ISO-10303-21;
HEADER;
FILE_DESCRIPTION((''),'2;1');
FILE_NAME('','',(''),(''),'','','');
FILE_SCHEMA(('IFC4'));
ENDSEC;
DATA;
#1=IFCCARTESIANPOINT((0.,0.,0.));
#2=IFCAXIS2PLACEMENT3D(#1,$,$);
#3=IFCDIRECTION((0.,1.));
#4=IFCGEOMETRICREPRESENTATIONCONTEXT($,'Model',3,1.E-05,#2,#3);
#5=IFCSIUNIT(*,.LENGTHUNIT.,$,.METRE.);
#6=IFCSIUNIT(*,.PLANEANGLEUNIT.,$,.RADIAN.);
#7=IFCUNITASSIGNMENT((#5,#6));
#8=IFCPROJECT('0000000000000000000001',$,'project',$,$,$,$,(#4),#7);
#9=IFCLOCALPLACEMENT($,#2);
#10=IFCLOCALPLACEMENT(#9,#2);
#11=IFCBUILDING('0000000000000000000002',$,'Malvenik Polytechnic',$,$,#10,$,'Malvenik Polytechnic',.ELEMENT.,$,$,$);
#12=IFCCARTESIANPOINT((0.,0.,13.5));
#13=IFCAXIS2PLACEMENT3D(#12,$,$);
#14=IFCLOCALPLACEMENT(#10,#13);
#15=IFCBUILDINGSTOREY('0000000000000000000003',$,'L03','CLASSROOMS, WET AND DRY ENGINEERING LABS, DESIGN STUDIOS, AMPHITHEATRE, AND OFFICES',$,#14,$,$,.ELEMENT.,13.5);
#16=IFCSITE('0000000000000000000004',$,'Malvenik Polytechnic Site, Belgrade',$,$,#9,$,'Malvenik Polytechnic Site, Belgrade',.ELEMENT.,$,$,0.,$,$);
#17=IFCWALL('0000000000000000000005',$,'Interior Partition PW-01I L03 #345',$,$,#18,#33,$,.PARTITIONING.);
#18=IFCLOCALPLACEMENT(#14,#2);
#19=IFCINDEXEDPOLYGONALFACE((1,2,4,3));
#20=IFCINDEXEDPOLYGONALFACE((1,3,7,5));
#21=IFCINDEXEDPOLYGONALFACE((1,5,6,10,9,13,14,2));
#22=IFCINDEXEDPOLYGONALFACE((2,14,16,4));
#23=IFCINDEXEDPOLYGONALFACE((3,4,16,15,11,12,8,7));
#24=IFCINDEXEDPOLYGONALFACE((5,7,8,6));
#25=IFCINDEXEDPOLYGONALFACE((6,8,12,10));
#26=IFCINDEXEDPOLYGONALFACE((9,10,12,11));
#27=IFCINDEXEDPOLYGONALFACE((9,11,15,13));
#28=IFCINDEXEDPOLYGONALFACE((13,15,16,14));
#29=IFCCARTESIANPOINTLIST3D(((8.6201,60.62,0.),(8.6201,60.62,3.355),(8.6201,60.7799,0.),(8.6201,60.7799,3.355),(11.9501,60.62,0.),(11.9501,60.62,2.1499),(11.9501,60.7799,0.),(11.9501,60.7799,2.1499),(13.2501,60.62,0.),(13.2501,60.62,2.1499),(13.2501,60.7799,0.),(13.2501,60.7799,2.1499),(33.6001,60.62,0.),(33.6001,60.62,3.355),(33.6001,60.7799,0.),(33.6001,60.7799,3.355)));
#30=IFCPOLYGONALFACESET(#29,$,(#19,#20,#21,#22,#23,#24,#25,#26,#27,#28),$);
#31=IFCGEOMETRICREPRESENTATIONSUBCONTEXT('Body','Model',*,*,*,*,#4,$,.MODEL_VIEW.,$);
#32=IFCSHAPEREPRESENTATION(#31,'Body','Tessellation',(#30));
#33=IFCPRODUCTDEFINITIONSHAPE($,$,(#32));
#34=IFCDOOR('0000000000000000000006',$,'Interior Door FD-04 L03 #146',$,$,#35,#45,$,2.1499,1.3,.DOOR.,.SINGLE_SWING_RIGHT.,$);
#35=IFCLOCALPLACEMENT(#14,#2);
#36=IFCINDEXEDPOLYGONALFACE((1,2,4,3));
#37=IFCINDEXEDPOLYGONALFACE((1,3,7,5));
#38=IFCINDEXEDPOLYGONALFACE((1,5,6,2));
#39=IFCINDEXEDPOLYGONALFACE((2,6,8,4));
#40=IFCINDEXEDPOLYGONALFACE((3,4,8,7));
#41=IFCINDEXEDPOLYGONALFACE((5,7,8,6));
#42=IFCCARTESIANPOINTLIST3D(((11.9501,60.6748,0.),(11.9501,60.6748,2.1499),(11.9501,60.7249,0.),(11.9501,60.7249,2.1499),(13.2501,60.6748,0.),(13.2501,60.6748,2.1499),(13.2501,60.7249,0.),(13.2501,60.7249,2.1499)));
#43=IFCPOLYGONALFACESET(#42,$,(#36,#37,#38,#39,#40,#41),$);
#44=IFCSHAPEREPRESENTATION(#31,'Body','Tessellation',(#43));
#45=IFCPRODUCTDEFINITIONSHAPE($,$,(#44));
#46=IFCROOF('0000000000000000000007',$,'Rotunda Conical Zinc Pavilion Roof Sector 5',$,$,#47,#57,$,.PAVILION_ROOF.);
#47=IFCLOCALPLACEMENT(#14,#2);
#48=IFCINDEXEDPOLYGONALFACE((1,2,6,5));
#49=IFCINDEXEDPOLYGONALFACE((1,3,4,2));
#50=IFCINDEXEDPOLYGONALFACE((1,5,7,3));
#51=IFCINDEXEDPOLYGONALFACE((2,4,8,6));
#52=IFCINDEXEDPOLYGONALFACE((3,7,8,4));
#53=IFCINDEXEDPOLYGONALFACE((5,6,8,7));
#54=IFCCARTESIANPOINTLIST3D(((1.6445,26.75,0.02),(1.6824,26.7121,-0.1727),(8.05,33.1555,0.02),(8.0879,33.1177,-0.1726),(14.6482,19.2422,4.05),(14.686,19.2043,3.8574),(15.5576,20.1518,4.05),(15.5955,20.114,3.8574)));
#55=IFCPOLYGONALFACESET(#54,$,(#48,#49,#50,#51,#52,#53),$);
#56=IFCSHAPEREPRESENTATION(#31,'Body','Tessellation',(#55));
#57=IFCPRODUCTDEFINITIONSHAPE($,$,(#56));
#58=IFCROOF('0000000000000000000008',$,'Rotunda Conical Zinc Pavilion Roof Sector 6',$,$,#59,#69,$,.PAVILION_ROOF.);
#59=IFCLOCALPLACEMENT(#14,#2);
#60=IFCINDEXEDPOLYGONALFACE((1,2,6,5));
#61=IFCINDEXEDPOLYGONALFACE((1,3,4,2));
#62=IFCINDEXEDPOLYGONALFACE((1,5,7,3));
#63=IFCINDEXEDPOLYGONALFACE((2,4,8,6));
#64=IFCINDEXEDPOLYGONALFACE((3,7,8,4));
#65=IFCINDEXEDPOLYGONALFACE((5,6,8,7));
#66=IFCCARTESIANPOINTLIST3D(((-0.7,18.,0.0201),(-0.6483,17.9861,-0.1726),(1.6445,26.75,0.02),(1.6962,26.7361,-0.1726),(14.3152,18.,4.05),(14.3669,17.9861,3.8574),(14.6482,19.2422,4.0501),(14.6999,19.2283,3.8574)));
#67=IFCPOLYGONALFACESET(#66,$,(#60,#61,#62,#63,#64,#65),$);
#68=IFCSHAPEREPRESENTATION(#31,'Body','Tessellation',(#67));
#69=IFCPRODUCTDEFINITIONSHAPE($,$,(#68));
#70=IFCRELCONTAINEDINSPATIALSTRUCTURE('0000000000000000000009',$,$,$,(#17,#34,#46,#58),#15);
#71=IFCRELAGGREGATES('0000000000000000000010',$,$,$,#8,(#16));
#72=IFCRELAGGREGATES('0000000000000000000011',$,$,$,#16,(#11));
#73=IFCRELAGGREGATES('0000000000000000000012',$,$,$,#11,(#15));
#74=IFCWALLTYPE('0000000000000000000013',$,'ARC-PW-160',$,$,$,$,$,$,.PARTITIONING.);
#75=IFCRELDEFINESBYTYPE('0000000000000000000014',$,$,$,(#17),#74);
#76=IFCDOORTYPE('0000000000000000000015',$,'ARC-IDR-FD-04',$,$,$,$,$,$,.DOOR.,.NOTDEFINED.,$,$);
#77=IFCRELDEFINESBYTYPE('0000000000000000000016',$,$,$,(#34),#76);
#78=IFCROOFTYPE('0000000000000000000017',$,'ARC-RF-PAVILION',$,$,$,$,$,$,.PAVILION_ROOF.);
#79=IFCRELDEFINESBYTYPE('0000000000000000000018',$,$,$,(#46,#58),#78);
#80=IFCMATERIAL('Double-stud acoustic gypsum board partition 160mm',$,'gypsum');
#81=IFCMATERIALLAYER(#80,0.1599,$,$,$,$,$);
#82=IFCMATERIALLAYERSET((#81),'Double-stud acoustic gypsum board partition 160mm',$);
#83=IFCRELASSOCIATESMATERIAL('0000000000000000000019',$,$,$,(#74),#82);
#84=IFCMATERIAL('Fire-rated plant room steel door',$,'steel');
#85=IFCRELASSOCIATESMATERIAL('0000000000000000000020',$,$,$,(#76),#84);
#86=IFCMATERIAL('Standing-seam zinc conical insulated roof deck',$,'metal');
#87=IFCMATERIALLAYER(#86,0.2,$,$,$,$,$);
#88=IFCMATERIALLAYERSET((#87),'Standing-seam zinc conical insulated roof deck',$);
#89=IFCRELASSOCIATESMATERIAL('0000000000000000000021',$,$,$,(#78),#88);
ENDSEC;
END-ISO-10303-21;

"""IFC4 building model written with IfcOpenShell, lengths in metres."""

from ifc_helpers import new_model, si_unit, direction, frame, frame_2d, origin, place, context, subcontext, project, spatial, polyline, rectangle, outline, extrude, material, layer, layer_set, type_object, element, fill, save


model = new_model("IFC4")

# Units and contexts
model_context = context("Model", 3, precision=1e-05, world=origin(), true_north=direction((0.0, 1.0)))
body_context = subcontext(model_context, "Body", "Model", "MODEL_VIEW")
ifc_project = project(units=[si_unit("LENGTHUNIT", "METRE"), si_unit("PLANEANGLEUNIT", "RADIAN")], contexts=[model_context])

# Site, building, storey
site_placement = place(None, origin())
site = spatial("IfcSite", under=ifc_project, at=site_placement, Name="Malvenik Polytechnic Site, Belgrade", LongName="Malvenik Polytechnic Site, Belgrade", CompositionType="ELEMENT", RefElevation=0.0)
building_placement = place(site_placement, origin())
building = spatial("IfcBuilding", under=site, at=building_placement, Name="Malvenik Polytechnic", LongName="Malvenik Polytechnic", CompositionType="ELEMENT")
storey_placement = place(building_placement, frame((0.0, 0.0, 13.5)))
storey = spatial("IfcBuildingStorey", under=building, at=storey_placement, Name="L03", Description="CLASSROOMS, WET AND DRY ENGINEERING LABS, DESIGN STUDIOS, AMPHITHEATRE, AND OFFICES", CompositionType="ELEMENT", Elevation=13.5)

# Wall, opening, door
ifc_material_1 = material(Name="Double-stud acoustic gypsum board partition 160mm", Category="gypsum")
ifc_layer_1 = layer(ifc_material_1, 0.1599)
ifc_layer_set_1 = layer_set([ifc_layer_1], Name="Double-stud acoustic gypsum board partition 160mm")
wall_type_1 = type_object("IfcWallType", Name="ARC-PW-160", PredefinedType="PARTITIONING", material=ifc_layer_set_1)
wall_1_placement = place(storey_placement, frame((8.6201, 60.7, 0.0), z_axis=(0.0, 0.0, 1.0), x_axis=(1.0, 0.0, 0.0)))
wall_1 = element("IfcWall", 1, at=wall_1_placement, inside=storey, type_object=wall_type_1, Name="Interior Partition PW-01I L03 #345", PredefinedType="PARTITIONING", context=body_context, shape_type="SweptSolid", body=[
    extrude(rectangle(XDim=24.98, YDim=0.1599, at=frame_2d((12.49, 0.0))), origin(), (0.0, 0.0, 1.0), 3.355),
])
opening_placement = place(wall_1_placement, frame((3.3301, 0.0, 0.0)))
opening = element("IfcOpeningElement", 2, at=opening_placement, cuts=wall_1, PredefinedType="OPENING", context=body_context, shape_type="SweptSolid", body=[
    extrude(rectangle(XDim=1.3, YDim=2.1499, at=frame_2d((0.6499, 1.075))), frame((0.0, 0.0898, 0.0), z_axis=(0.0, -1.0, 0.0), x_axis=(1.0, 0.0, 0.0)), (0.0, 0.0, 1.0), 0.1799),
])
ifc_material_2 = material(Name="Fire-rated plant room steel door", Category="steel")
door_type = type_object("IfcDoorType", Name="ARC-IDR-FD-04", OperationType="NOTDEFINED", PredefinedType="DOOR", material=ifc_material_2)
door_placement = place(opening_placement, origin())
door = element("IfcDoor", 3, at=door_placement, inside=storey, type_object=door_type, Name="Interior Door FD-04 L03 #146", OperationType="SINGLE_SWING_RIGHT", OverallHeight=2.1499, OverallWidth=1.3, PredefinedType="DOOR", context=body_context, shape_type="SweptSolid", body=[
    extrude(rectangle(XDim=1.3, YDim=2.1499, at=frame_2d((0.6499, 1.075))), frame((0.0, 0.0249, 0.0), z_axis=(0.0, -1.0, 0.0), x_axis=(1.0, 0.0, 0.0)), (0.0, 0.0, 1.0), 0.05),
])
fill(opening, door)

# Roofs
ifc_material_3 = material(Name="Standing-seam zinc conical insulated roof deck", Category="metal")
ifc_layer_2 = layer(ifc_material_3, 0.2)
ifc_layer_set_2 = layer_set([ifc_layer_2], Name="Standing-seam zinc conical insulated roof deck")
roof_type = type_object("IfcRoofType", Name="ARC-RF-PAVILION", PredefinedType="PAVILION_ROOF", material=ifc_layer_set_2)
roof_1_placement = place(storey_placement, frame((8.05, 33.1555, 0.02), z_axis=(-0.189309, 0.189303, 0.963497), x_axis=(-0.707106, -0.707108, -0.000004)))
element("IfcRoof", 4, at=roof_1_placement, inside=storey, type_object=roof_type, Name="Rotunda Conical Zinc Pavilion Roof Sector 5", PredefinedType="PAVILION_ROOF", context=body_context, shape_type="SweptSolid", body=[
    extrude(outline(polyline([(0.0, 0.0), (9.0588, 0.0), (5.1726, 15.0533), (3.8863, 15.0531), (0.0, 0.0)])), origin(), (0.0, 0.0, -1.0), 0.2),
])
roof_2_placement = place(storey_placement, frame((1.6445, 26.75, 0.02), z_axis=(-0.258598, 0.069293, 0.963497), x_axis=(-0.258813, -0.965928, 0.000004)))
element("IfcRoof", 5, at=roof_2_placement, inside=storey, type_object=roof_type, Name="Rotunda Conical Zinc Pavilion Roof Sector 6", PredefinedType="PAVILION_ROOF", context=body_context, shape_type="SweptSolid", body=[
    extrude(outline(polyline([(0.0, 0.0), (9.0586, 0.0), (5.1726, 15.053), (3.8865, 15.0532), (0.0, 0.0)])), origin(), (0.0, 0.0, -1.0), 0.2),
])

save(model, "model.ifc")
